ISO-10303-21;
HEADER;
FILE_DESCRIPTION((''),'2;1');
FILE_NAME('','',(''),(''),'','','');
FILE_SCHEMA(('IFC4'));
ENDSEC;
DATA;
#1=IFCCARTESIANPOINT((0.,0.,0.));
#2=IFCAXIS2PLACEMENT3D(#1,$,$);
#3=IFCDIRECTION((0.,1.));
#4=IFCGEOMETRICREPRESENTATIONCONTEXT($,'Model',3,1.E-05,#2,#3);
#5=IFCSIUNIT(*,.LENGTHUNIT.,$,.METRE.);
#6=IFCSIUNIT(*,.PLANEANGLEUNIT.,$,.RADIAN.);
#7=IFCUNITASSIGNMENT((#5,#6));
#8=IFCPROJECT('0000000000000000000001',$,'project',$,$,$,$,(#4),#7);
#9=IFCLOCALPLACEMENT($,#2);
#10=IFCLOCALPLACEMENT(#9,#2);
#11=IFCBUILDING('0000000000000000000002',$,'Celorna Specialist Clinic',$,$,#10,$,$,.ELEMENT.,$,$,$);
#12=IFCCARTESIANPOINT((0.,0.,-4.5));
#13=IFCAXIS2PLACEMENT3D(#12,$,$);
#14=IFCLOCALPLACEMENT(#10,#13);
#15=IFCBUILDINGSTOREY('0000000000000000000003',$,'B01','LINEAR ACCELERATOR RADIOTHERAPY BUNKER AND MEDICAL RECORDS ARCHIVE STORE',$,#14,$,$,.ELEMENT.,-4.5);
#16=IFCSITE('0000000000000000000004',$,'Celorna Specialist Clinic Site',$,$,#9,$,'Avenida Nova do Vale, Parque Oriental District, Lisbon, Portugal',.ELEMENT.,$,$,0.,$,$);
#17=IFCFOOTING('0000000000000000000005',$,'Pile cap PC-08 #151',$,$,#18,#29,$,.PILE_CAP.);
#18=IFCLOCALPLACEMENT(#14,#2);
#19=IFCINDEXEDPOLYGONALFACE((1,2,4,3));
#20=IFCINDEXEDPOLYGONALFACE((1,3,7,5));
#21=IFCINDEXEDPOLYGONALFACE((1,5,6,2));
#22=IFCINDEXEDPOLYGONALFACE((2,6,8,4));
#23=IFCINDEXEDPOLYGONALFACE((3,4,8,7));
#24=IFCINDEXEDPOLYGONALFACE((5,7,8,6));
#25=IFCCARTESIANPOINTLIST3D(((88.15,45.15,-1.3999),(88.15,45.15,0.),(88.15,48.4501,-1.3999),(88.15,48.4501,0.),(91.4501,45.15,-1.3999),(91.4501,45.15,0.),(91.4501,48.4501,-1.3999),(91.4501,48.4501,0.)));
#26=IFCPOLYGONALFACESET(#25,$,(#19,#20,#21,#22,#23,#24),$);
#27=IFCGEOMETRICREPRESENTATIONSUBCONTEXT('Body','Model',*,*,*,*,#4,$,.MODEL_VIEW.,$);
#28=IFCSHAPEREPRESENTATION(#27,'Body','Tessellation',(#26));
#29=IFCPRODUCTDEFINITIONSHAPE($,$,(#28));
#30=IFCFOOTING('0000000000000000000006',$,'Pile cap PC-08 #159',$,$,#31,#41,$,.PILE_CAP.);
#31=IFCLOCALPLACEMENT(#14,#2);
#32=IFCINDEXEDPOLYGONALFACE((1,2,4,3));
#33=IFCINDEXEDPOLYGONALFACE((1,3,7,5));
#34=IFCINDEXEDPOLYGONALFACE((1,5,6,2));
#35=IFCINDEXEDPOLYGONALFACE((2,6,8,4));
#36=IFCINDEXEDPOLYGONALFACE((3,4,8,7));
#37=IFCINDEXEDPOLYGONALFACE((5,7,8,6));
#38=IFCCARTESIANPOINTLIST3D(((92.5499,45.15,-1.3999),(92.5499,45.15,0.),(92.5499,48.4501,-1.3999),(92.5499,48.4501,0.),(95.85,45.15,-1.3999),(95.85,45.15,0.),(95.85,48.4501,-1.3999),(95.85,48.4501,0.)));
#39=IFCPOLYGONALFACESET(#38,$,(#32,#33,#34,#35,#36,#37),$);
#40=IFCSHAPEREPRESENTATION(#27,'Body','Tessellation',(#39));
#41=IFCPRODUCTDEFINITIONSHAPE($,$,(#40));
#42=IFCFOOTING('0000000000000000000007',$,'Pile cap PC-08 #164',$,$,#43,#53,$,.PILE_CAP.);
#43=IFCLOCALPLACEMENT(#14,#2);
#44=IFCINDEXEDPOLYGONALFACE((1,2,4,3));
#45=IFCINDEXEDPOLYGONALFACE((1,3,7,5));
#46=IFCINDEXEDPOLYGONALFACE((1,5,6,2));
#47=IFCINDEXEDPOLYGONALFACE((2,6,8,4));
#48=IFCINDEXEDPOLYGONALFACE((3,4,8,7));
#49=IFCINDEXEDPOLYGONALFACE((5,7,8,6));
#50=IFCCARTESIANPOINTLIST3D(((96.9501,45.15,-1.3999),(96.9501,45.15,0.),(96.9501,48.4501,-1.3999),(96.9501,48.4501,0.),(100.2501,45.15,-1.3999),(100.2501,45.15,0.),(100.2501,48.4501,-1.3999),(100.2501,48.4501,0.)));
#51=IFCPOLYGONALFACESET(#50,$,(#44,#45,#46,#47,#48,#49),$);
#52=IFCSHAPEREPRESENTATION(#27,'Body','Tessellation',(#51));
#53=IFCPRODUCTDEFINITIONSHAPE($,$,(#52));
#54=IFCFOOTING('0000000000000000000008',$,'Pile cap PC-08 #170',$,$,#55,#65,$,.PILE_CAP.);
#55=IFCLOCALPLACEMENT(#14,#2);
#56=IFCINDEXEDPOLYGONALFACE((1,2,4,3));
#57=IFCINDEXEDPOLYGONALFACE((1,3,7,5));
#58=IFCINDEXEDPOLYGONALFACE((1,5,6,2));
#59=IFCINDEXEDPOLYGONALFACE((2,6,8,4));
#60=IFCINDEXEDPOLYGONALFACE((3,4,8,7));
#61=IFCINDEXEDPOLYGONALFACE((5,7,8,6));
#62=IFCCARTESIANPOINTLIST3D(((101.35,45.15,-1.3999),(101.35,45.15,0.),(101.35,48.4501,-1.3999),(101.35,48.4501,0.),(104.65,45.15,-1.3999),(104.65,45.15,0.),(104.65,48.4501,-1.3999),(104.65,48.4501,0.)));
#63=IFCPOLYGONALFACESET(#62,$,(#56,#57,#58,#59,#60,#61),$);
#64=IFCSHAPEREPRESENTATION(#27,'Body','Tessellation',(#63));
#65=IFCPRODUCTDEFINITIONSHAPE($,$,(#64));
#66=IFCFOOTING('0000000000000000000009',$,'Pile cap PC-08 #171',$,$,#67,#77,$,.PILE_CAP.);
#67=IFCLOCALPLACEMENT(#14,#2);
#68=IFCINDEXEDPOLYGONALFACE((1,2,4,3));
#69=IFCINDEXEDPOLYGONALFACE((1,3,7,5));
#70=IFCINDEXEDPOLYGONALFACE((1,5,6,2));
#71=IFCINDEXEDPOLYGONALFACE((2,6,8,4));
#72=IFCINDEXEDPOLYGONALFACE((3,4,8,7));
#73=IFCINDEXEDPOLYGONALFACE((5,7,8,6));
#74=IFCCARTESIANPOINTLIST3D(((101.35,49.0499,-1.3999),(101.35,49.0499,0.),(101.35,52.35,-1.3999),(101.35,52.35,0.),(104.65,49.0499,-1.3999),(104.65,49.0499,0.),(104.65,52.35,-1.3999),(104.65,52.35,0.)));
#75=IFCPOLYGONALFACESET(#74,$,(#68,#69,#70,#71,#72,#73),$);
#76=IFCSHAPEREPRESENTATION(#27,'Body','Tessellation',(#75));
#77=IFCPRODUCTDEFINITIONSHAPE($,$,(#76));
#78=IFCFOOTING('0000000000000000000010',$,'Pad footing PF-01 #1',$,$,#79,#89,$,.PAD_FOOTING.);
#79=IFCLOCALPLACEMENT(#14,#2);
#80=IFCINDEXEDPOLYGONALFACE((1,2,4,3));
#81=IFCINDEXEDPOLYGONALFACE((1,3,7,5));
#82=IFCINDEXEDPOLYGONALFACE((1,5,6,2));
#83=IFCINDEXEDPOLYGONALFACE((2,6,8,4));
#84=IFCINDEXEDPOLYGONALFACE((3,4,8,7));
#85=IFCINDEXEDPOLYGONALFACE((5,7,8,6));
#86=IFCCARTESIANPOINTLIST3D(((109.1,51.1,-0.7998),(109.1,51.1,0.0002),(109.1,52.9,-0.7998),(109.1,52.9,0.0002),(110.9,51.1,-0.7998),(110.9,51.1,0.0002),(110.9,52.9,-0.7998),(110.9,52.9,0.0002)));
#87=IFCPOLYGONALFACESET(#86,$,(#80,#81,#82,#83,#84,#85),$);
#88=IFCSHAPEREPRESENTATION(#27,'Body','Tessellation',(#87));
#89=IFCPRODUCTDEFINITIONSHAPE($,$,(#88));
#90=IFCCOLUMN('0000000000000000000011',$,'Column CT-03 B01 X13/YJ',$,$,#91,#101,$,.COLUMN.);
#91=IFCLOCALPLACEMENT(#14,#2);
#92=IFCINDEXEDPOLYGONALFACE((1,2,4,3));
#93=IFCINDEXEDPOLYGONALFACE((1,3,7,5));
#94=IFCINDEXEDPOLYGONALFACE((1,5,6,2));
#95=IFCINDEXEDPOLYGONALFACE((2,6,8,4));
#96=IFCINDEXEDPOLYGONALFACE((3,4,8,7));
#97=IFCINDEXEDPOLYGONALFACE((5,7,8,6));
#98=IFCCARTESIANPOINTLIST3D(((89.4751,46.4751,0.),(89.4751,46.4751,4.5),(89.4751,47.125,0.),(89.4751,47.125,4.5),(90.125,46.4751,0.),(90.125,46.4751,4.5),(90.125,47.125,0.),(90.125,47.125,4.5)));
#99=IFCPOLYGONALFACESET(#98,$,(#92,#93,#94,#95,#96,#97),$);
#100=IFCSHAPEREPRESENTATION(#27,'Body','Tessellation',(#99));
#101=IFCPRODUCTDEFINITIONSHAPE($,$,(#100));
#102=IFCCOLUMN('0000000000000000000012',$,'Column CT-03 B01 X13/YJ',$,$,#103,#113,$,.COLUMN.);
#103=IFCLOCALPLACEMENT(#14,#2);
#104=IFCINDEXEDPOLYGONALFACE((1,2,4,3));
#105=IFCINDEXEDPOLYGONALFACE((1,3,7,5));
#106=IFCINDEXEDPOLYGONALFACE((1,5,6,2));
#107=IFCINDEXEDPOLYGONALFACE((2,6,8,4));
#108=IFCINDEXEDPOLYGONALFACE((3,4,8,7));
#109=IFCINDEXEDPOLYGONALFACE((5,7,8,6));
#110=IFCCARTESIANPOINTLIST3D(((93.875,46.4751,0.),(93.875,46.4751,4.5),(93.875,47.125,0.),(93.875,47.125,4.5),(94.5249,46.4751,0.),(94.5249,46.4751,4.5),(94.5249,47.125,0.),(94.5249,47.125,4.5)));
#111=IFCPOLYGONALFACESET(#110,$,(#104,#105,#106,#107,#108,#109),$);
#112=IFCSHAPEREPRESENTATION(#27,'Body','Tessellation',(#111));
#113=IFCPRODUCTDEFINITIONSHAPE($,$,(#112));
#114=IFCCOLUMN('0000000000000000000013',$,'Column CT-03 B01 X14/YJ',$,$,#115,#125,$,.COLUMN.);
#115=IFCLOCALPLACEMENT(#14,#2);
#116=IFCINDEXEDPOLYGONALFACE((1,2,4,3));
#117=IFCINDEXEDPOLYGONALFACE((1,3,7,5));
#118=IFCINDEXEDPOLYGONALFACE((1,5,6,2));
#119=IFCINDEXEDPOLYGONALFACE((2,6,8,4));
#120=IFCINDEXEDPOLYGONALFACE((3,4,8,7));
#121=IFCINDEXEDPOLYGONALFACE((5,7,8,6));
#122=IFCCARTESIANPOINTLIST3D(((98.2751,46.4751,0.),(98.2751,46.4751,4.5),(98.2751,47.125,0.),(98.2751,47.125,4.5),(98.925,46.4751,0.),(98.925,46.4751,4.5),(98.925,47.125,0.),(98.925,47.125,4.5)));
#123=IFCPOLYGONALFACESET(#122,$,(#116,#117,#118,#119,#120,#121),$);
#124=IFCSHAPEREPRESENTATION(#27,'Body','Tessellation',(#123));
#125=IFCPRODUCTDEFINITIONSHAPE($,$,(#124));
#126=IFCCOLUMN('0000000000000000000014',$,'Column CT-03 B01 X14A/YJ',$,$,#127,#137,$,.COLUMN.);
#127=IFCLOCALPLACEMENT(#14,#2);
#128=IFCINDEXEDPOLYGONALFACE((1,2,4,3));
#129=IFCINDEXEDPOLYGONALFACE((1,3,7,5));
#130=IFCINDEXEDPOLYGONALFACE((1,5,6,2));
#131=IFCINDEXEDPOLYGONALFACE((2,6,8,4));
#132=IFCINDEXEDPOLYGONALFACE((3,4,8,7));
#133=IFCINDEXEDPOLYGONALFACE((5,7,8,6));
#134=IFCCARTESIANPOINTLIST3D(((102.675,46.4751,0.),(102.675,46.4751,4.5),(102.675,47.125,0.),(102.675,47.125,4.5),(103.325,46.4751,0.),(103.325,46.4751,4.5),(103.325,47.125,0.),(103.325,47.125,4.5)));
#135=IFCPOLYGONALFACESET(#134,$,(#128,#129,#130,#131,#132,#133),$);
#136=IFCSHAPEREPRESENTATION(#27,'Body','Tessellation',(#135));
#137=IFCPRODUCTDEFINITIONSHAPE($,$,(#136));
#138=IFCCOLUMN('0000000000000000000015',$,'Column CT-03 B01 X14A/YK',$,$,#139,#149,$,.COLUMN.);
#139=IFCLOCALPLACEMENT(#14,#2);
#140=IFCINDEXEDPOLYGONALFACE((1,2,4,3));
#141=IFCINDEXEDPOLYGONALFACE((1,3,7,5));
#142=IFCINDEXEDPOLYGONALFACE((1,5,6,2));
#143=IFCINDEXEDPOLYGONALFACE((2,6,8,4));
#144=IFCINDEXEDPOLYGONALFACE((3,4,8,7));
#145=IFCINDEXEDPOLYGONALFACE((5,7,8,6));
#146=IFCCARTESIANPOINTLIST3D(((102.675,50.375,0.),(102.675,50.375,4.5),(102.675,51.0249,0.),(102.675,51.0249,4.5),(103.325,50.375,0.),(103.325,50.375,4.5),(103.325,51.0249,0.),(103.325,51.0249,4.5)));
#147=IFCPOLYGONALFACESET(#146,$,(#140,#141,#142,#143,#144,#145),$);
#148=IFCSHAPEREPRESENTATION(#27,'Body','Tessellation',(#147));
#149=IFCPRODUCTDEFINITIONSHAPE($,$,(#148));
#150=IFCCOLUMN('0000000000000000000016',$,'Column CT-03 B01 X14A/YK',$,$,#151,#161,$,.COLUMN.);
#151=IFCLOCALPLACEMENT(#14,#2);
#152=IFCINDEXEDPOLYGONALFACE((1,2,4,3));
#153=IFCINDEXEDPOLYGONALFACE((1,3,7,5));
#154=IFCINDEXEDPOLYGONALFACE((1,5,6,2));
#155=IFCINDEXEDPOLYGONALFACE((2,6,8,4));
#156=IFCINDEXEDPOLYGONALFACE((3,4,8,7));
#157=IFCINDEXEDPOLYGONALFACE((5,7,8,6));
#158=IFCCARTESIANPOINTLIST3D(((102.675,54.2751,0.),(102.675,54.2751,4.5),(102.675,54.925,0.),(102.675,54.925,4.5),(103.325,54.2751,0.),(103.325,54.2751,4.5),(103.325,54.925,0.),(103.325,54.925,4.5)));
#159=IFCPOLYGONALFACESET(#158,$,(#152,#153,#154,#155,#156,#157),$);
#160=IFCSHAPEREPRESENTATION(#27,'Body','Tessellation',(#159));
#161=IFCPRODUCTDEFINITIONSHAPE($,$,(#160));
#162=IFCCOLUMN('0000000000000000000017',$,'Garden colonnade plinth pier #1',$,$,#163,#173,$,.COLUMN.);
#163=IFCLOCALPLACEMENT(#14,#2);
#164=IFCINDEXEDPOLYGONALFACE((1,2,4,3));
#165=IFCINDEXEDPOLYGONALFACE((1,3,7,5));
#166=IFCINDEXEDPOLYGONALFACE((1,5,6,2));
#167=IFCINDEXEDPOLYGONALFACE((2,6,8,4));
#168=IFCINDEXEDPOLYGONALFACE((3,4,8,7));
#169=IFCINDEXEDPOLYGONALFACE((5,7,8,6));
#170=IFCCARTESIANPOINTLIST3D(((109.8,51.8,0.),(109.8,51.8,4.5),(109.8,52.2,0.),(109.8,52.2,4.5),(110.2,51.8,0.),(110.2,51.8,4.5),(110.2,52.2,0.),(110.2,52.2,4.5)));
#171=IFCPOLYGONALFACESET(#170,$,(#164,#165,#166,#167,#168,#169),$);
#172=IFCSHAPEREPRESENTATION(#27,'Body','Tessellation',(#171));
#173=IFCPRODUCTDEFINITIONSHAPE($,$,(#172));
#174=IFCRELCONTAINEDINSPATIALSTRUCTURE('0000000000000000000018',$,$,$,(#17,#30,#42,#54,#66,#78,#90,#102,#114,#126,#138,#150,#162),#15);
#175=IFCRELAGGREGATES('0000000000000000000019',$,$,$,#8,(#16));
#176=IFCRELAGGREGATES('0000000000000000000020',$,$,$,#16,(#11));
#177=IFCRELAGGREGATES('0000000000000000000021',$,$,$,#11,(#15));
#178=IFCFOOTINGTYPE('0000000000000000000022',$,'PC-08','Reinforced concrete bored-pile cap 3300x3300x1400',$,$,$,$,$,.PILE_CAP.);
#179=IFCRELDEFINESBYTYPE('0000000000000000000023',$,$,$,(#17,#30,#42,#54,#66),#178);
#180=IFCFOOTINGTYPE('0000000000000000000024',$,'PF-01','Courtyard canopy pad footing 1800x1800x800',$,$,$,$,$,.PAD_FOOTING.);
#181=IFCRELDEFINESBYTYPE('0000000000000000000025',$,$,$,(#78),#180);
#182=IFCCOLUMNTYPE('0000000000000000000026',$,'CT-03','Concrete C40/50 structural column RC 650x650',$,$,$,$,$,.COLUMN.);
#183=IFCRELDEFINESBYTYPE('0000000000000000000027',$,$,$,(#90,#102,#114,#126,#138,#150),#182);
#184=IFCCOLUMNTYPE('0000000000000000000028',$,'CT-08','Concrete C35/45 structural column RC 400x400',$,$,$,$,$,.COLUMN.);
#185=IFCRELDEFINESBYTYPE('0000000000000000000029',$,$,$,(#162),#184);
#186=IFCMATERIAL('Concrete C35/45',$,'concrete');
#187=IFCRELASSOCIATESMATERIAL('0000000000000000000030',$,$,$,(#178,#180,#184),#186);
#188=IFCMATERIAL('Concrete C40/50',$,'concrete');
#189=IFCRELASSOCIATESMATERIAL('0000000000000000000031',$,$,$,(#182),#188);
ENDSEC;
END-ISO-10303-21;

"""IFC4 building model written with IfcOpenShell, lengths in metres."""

from ifc_helpers import new_model, si_unit, direction, frame, origin, origin_2d, place, context, subcontext, project, spatial, rectangle, extrude, material, material_profile, profile_set, type_object, element, save


model = new_model("IFC4")

# Units and contexts
model_context = context("Model", 3, precision=1e-05, world=origin(), true_north=direction((0.0, 1.0)))
body_context = subcontext(model_context, "Body", "Model", "MODEL_VIEW")
ifc_project = project(units=[si_unit("LENGTHUNIT", "METRE"), si_unit("PLANEANGLEUNIT", "RADIAN")], contexts=[model_context])

# Site, building, storey
site_placement = place(None, origin())
site = spatial("IfcSite", under=ifc_project, at=site_placement, Name="Celorna Specialist Clinic Site", LongName="Avenida Nova do Vale, Parque Oriental District, Lisbon, Portugal", CompositionType="ELEMENT", RefElevation=0.0)
building_placement = place(site_placement, origin())
building = spatial("IfcBuilding", under=site, at=building_placement, Name="Celorna Specialist Clinic", CompositionType="ELEMENT")
storey_placement = place(building_placement, frame((0.0, 0.0, -4.5)))
storey = spatial("IfcBuildingStorey", under=building, at=storey_placement, Name="B01", Description="LINEAR ACCELERATOR RADIOTHERAPY BUNKER AND MEDICAL RECORDS ARCHIVE STORE", CompositionType="ELEMENT", Elevation=-4.5)

# Shared definitions
ifc_material_1 = material(Name="Concrete C35/45", Category="concrete")

# Footings
footing_type_1 = type_object("IfcFootingType", Name="PC-08", Description="Reinforced concrete bored-pile cap 3300x3300x1400", PredefinedType="PILE_CAP", material=ifc_material_1)
for number, where, z_axis, x_axis, name in (
    (1, (89.8, 46.8, -1.3999), (0.0, 0.0, 1.0), (1.0, 0.0, 0.0), "Pile cap PC-08 #151"),
    (2, (94.2, 46.8, -1.3999), (0.0, 0.0, 1.0), (1.0, 0.0, 0.0), "Pile cap PC-08 #159"),
    (3, (98.6001, 46.8, -1.3999), (0.0, 0.0, 1.0), (1.0, 0.0, 0.0), "Pile cap PC-08 #164"),
    (4, (103.0, 46.8, -1.3999), (0.0, 0.0, 1.0), (1.0, 0.0, 0.0), "Pile cap PC-08 #170"),
    (5, (103.0, 50.7, -1.3999), (0.0, 0.0, 1.0), (1.0, 0.0, 0.0), "Pile cap PC-08 #171"),
):
    element("IfcFooting", number, at=place(storey_placement, frame(where, z_axis=z_axis, x_axis=x_axis)), inside=storey, type_object=footing_type_1, Name=name, PredefinedType="PILE_CAP", context=body_context, shape_type="SweptSolid", body=[
        extrude(rectangle(XDim=3.3, YDim=3.3, at=origin_2d()), origin(), (0.0, 0.0, 1.0), 1.3999),
    ])
footing_type_2 = type_object("IfcFootingType", Name="PF-01", Description="Courtyard canopy pad footing 1800x1800x800", PredefinedType="PAD_FOOTING", material=ifc_material_1)
footing_placement = place(storey_placement, frame((110.0, 52.0, -0.7998), z_axis=(0.0, 0.0, 1.0), x_axis=(1.0, 0.0, 0.0)))
element("IfcFooting", 6, at=footing_placement, inside=storey, type_object=footing_type_2, Name="Pad footing PF-01 #1", PredefinedType="PAD_FOOTING", context=body_context, shape_type="SweptSolid", body=[
    extrude(rectangle(XDim=1.8, YDim=1.8, at=origin_2d()), origin(), (0.0, 0.0, 1.0), 0.8),
])

# Columns
ifc_material_2 = material(Name="Concrete C40/50", Category="concrete")
ifc_material_profile_1 = material_profile(ifc_material_2, rectangle(XDim=0.6499, YDim=0.6499, at=origin_2d()), Name="RC 650x650")
ifc_profile_set_1 = profile_set([ifc_material_profile_1], Name="Concrete C40/50")
column_type_1 = type_object("IfcColumnType", Name="CT-03", Description="Concrete C40/50 structural column RC 650x650", PredefinedType="COLUMN", material=ifc_profile_set_1)
for number, where, z_axis, x_axis, name in (
    (7, (89.8, 46.8, 0.0), (0.0, 0.0, 1.0), (1.0, 0.0, 0.0), "Column CT-03 B01 X13/YJ"),
    (8, (94.2, 46.8, 0.0), (0.0, 0.0, 1.0), (1.0, 0.0, 0.0), "Column CT-03 B01 X13/YJ"),
    (9, (98.6001, 46.8, 0.0), (0.0, 0.0, 1.0), (1.0, 0.0, 0.0), "Column CT-03 B01 X14/YJ"),
    (10, (103.0, 46.8, 0.0), (0.0, 0.0, 1.0), (1.0, 0.0, 0.0), "Column CT-03 B01 X14A/YJ"),
    (11, (103.0, 50.7, 0.0), (0.0, 0.0, 1.0), (1.0, 0.0, 0.0), "Column CT-03 B01 X14A/YK"),
    (12, (103.0, 54.6001, 0.0), (0.0, 0.0, 1.0), (1.0, 0.0, 0.0), "Column CT-03 B01 X14A/YK"),
):
    element("IfcColumn", number, at=place(storey_placement, frame(where, z_axis=z_axis, x_axis=x_axis)), inside=storey, type_object=column_type_1, Name=name, PredefinedType="COLUMN", context=body_context, shape_type="SweptSolid", body=[
        extrude(rectangle(XDim=0.6499, YDim=0.6499, at=origin_2d()), origin(), (0.0, 0.0, 1.0), 4.5),
    ])
ifc_material_profile_2 = material_profile(ifc_material_1, rectangle(XDim=0.3999, YDim=0.3999, at=origin_2d()), Name="RC 400x400")
ifc_profile_set_2 = profile_set([ifc_material_profile_2], Name="Concrete C35/45")
column_type_2 = type_object("IfcColumnType", Name="CT-08", Description="Concrete C35/45 structural column RC 400x400", PredefinedType="COLUMN", material=ifc_profile_set_2)
column_placement = place(storey_placement, frame((110.0, 52.0, 0.0), z_axis=(0.0, 0.0, 1.0), x_axis=(1.0, 0.0, 0.0)))
element("IfcColumn", 13, at=column_placement, inside=storey, type_object=column_type_2, Name="Garden colonnade plinth pier #1", PredefinedType="COLUMN", context=body_context, shape_type="SweptSolid", body=[
    extrude(rectangle(XDim=0.3999, YDim=0.3999, at=origin_2d()), origin(), (0.0, 0.0, 1.0), 4.5),
])

save(model, "model.ifc")
